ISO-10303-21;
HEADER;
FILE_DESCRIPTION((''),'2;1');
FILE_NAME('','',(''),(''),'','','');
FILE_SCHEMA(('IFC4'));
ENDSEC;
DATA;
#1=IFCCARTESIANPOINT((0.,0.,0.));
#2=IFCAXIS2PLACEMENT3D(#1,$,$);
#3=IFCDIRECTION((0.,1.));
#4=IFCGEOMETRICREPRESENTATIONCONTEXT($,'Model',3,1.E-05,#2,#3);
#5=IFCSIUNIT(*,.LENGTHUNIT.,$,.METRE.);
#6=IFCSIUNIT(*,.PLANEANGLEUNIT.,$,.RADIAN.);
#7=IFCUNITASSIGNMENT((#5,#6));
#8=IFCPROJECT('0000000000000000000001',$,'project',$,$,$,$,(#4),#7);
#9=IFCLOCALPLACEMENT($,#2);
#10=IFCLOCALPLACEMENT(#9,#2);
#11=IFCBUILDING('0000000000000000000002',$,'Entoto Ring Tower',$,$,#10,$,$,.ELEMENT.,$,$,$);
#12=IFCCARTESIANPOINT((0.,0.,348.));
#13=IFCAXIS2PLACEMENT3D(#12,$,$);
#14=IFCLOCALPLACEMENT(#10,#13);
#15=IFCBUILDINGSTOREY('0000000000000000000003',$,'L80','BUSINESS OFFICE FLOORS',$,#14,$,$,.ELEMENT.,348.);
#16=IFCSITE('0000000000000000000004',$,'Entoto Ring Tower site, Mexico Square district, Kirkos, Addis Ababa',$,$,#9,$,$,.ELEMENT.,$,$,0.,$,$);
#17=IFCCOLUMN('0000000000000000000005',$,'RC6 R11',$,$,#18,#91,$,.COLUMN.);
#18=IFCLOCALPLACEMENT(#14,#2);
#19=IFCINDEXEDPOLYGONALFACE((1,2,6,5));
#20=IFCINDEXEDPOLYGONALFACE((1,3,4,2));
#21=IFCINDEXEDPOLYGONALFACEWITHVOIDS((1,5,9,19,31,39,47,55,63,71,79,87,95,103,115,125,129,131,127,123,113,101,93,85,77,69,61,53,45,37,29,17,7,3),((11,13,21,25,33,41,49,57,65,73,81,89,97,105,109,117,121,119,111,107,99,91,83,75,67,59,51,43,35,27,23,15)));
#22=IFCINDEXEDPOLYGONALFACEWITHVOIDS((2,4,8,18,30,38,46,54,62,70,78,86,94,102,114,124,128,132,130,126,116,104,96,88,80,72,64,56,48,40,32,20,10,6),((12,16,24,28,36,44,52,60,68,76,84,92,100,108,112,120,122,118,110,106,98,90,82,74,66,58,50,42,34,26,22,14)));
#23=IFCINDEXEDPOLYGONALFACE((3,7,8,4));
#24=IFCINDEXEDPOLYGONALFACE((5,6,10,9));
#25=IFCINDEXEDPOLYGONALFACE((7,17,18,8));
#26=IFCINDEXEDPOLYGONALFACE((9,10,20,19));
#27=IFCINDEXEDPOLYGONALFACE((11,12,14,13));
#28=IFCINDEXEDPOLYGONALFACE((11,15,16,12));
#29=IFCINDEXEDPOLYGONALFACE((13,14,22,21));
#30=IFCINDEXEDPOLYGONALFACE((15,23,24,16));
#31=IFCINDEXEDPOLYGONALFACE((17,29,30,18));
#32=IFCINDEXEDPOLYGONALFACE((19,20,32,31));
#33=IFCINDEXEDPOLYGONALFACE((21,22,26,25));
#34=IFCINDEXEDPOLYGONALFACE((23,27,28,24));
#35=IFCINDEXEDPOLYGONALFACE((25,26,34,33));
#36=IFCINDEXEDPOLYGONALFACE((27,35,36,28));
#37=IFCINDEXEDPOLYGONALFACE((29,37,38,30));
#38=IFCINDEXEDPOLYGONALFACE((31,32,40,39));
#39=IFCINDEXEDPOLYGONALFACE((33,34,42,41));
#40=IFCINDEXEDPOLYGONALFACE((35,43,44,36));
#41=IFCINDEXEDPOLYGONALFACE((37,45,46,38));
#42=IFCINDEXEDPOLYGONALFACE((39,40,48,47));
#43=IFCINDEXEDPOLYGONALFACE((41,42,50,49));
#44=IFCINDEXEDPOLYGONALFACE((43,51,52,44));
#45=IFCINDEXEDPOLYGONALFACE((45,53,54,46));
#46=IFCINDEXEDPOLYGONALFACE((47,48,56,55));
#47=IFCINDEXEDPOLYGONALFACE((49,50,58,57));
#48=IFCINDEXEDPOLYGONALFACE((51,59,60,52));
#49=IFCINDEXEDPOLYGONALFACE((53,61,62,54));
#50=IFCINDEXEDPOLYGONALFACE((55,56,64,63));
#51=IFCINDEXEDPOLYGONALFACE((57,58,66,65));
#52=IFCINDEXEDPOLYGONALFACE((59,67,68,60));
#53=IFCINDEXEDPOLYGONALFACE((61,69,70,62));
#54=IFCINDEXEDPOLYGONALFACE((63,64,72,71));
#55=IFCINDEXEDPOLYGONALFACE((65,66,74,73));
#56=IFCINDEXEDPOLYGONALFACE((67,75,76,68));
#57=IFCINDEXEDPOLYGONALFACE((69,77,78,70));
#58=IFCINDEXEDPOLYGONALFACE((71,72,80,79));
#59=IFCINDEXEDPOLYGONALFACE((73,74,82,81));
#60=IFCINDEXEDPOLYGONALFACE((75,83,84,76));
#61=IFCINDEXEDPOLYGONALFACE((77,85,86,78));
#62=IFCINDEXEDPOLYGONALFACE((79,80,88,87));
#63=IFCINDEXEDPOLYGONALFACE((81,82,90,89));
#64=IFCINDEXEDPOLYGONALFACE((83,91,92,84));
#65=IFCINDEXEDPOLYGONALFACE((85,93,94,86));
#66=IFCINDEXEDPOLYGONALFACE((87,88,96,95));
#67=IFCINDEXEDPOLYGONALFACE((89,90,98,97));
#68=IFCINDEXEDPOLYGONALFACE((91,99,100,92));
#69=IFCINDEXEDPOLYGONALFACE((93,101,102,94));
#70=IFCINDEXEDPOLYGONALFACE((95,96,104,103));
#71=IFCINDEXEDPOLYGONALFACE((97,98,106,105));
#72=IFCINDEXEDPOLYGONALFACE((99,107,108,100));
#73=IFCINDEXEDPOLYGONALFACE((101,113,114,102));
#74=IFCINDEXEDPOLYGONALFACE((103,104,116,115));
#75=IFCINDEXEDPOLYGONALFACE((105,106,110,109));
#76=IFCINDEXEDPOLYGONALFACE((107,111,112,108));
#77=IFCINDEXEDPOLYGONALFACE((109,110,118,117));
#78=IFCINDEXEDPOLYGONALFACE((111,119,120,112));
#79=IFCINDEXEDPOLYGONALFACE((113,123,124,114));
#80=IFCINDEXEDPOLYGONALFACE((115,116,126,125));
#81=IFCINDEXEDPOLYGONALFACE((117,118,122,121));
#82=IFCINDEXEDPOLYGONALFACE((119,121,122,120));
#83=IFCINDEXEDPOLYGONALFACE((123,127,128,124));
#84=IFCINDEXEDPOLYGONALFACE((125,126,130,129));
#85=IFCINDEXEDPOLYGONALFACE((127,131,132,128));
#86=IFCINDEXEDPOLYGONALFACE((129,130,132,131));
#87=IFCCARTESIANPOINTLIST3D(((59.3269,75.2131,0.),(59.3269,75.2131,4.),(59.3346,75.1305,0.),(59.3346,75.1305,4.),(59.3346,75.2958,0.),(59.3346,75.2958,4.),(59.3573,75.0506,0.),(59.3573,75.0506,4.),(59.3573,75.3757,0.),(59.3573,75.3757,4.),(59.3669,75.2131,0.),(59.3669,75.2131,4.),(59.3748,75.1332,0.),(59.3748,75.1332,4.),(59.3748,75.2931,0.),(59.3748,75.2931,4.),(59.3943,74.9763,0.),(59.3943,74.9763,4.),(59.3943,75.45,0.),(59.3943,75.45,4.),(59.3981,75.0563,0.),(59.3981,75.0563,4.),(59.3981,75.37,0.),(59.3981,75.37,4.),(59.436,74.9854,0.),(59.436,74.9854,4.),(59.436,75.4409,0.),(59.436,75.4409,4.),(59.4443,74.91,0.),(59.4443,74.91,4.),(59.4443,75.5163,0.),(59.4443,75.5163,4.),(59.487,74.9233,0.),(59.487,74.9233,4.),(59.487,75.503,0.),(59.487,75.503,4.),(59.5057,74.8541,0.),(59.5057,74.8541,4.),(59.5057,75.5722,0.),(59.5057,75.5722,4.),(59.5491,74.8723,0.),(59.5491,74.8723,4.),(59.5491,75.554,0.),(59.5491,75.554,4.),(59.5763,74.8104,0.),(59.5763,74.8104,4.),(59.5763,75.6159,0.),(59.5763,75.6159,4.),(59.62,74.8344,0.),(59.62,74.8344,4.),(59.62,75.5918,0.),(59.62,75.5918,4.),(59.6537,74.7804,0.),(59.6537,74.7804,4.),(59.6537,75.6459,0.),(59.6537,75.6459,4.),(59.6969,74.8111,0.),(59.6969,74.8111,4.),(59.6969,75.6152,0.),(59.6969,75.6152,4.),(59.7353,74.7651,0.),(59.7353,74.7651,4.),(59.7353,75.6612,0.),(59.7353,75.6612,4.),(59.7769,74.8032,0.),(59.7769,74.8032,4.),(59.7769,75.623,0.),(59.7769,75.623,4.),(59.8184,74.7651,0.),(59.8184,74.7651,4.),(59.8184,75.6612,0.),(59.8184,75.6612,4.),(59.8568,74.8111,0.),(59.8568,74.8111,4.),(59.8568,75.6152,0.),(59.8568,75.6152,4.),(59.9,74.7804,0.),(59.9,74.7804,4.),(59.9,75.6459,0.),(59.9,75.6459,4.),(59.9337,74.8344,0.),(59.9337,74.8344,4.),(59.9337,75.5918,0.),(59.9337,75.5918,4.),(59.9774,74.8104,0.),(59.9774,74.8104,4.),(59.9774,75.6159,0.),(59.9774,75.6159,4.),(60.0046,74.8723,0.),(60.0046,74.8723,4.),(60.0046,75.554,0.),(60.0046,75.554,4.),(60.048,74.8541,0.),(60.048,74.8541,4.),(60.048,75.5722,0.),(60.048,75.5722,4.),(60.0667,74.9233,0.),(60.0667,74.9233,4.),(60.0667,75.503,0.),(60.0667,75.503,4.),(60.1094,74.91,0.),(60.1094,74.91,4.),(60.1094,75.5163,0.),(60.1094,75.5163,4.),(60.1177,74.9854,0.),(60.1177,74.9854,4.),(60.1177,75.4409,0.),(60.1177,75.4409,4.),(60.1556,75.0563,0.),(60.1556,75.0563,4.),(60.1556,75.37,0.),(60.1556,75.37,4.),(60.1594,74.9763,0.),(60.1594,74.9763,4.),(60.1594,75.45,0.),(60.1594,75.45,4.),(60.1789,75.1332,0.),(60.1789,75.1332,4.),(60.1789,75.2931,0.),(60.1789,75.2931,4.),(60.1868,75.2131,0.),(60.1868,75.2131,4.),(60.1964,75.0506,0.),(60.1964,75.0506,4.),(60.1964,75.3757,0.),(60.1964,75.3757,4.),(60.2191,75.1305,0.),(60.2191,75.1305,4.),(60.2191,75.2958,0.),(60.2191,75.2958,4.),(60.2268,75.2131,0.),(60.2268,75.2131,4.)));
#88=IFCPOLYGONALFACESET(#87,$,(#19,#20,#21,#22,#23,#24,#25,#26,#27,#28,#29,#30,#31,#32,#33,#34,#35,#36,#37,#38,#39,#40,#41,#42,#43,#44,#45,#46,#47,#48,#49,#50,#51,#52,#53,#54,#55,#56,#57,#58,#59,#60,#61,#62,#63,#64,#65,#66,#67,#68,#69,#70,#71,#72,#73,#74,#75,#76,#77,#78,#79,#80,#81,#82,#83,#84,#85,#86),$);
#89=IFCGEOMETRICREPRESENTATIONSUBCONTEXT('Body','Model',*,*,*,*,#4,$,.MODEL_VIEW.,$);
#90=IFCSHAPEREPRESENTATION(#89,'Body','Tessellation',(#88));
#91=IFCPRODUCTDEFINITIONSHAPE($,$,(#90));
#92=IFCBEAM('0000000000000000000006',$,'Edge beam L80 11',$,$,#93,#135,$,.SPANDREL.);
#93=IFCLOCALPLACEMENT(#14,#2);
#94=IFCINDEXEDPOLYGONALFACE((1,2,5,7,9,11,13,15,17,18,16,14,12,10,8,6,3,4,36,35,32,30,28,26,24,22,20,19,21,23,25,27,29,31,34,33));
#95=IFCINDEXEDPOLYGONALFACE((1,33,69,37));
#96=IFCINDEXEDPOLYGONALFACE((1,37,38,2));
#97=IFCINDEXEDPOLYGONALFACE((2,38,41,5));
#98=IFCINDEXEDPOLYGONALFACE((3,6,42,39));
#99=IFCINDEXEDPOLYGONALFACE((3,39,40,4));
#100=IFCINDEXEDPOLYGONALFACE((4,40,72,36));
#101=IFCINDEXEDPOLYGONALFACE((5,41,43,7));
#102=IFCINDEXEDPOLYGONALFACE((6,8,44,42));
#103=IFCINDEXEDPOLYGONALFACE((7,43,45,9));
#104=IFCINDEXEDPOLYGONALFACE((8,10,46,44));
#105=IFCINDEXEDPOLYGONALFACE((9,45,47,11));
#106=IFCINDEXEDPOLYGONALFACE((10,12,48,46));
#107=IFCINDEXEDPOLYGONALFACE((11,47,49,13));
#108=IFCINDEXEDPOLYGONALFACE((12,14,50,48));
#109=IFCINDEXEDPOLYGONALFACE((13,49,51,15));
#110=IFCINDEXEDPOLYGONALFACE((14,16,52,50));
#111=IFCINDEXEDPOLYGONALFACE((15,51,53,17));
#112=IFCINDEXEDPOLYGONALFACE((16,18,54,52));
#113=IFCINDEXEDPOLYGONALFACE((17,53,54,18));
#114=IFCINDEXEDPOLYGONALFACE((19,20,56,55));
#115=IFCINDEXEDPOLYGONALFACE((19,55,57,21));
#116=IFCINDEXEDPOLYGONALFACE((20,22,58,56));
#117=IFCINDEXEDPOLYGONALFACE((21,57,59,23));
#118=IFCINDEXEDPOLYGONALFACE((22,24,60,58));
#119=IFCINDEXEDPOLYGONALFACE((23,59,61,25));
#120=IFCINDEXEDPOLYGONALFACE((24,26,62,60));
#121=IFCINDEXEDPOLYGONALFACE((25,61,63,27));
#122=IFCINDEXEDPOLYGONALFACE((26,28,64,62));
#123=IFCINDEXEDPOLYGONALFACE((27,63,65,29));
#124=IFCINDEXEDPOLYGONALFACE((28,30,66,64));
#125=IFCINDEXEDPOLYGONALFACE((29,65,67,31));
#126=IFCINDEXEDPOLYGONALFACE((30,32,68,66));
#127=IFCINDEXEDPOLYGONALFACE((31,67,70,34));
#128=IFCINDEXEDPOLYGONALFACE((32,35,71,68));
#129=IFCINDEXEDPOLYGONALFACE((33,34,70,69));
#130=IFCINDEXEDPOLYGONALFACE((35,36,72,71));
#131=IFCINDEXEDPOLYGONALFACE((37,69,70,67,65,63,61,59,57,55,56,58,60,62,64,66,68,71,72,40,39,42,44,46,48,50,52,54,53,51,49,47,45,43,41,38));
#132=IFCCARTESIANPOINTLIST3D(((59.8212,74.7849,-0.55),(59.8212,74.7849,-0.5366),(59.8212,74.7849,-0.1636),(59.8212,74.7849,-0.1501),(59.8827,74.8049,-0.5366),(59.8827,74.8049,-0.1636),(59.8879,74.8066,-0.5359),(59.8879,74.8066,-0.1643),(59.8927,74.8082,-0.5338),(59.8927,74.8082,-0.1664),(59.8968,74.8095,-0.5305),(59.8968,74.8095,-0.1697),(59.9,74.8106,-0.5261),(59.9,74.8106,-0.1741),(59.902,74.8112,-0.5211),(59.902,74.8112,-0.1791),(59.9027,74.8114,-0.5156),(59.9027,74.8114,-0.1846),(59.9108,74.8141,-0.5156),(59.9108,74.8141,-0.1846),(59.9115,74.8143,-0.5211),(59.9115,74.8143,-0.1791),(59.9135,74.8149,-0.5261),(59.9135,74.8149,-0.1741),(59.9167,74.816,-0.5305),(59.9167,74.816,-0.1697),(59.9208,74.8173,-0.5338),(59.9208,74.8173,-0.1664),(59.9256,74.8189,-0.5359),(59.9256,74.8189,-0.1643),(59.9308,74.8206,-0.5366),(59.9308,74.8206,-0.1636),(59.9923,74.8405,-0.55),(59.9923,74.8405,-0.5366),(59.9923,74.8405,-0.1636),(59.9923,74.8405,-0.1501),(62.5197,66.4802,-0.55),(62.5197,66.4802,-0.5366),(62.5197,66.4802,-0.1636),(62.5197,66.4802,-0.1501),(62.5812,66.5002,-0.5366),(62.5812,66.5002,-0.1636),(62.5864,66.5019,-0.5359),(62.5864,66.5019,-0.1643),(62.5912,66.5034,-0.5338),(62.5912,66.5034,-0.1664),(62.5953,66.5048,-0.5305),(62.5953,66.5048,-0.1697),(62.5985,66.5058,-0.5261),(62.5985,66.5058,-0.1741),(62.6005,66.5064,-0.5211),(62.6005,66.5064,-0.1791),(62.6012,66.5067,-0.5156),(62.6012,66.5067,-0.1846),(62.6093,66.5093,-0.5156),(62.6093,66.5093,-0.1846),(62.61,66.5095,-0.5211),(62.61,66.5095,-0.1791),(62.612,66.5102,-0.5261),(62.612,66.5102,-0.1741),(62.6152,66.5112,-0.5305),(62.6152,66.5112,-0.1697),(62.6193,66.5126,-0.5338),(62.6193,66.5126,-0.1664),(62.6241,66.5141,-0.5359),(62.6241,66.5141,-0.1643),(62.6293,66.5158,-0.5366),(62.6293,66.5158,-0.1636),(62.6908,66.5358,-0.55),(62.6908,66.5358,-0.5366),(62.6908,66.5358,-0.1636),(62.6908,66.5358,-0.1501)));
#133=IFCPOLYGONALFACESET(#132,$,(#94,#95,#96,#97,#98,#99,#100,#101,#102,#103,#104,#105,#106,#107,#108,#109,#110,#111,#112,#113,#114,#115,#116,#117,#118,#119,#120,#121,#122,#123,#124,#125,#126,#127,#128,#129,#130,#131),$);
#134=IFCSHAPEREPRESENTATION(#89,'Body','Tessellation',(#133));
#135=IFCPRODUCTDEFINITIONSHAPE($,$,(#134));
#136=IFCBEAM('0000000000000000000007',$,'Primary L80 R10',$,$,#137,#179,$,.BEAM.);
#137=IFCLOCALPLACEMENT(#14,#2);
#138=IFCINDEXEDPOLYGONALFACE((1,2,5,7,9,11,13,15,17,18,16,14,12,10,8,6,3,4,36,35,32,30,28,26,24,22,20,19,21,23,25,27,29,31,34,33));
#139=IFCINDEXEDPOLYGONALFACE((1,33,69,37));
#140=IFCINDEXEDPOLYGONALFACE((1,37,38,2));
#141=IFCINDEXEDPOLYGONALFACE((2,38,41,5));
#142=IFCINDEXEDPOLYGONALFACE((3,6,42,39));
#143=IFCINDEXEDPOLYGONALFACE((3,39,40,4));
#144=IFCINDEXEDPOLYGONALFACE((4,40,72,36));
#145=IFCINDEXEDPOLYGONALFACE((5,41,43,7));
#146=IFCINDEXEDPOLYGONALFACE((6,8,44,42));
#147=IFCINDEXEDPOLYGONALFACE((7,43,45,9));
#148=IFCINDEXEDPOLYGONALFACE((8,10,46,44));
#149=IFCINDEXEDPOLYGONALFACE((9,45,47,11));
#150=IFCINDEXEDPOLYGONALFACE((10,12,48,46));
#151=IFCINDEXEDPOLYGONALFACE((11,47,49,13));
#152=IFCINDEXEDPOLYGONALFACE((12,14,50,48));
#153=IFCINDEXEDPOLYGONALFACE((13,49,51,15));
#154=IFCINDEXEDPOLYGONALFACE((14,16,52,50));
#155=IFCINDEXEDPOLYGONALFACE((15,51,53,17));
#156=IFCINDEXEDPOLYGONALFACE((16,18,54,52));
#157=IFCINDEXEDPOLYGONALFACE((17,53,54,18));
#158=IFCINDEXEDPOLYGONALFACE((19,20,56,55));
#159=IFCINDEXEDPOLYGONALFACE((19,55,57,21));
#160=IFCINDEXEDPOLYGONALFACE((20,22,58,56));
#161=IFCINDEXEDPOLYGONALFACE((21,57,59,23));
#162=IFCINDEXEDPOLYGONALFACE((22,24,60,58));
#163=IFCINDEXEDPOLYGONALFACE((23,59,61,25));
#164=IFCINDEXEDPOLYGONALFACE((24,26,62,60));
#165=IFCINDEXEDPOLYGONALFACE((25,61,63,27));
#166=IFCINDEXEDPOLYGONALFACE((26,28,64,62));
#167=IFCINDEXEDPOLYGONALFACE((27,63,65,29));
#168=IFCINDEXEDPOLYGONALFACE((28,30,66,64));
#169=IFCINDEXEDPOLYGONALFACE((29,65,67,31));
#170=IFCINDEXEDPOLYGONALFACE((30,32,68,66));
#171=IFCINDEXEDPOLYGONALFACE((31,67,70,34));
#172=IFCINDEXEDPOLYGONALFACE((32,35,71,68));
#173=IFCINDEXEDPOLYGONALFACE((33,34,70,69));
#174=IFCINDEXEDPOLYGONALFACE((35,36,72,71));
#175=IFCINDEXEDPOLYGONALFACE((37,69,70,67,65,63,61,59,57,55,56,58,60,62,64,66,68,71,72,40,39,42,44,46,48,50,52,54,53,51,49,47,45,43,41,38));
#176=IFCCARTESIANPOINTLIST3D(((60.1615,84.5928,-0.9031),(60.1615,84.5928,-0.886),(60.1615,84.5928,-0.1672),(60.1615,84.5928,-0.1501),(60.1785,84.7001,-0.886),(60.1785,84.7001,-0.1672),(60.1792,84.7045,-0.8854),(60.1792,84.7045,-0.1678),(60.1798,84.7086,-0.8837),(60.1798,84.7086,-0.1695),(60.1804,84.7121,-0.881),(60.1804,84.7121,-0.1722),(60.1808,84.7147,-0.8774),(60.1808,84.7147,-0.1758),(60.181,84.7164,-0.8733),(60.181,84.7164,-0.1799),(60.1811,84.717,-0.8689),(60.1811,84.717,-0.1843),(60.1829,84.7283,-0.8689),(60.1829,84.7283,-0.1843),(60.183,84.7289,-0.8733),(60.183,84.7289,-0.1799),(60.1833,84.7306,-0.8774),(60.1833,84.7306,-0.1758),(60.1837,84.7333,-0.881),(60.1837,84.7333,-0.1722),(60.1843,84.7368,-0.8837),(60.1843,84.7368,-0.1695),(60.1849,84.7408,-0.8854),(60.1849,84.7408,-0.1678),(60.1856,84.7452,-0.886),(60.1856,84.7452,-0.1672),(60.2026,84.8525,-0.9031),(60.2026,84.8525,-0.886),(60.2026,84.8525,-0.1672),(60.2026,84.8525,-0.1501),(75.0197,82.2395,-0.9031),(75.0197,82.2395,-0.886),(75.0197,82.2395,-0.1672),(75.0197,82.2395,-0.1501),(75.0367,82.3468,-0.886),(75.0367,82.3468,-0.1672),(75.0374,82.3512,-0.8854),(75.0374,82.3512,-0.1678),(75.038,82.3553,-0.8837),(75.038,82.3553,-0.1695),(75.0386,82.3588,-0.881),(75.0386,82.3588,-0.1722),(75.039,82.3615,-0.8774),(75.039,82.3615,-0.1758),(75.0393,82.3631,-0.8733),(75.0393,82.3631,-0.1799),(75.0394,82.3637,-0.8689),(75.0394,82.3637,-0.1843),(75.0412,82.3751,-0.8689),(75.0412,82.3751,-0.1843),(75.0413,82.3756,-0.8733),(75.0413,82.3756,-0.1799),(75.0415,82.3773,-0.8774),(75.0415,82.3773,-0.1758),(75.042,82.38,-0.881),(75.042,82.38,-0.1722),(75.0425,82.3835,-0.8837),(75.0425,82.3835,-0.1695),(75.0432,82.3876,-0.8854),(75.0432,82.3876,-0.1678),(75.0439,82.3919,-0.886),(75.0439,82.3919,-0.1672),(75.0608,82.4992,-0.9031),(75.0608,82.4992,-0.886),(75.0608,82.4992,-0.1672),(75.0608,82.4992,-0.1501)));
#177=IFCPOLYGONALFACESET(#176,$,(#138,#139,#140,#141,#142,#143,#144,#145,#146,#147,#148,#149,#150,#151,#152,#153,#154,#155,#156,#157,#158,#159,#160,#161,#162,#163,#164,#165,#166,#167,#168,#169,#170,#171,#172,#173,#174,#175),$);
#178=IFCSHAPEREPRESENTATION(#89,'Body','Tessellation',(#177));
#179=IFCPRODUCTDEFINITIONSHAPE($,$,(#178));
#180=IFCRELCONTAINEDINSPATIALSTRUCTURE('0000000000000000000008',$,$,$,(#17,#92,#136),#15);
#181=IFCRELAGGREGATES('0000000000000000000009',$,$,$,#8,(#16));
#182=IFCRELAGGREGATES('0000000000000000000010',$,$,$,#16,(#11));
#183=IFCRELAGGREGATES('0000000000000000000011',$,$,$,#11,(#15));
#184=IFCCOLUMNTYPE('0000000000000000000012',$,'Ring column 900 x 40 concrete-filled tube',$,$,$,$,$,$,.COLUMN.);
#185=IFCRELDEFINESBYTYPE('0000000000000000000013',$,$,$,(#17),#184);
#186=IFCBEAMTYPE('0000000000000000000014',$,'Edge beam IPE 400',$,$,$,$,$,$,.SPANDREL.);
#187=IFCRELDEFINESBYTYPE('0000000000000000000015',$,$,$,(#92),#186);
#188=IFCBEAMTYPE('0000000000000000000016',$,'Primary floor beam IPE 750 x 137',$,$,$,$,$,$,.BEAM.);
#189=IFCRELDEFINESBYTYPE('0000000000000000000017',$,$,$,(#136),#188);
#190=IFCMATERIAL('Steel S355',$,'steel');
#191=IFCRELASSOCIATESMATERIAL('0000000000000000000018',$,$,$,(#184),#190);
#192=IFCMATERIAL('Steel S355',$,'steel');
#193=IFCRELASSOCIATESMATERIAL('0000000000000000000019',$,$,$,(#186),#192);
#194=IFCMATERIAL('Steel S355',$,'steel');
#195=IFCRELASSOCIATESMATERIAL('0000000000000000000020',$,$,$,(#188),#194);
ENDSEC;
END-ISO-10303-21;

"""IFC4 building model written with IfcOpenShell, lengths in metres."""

from ifc_helpers import new_model, si_unit, direction, frame, origin, origin_2d, place, context, subcontext, project, spatial, circle, hollow_circle, i_section, extrude, material, material_profile, profile_set, type_object, element, save


model = new_model("IFC4")

# Units and contexts
model_context = context("Model", 3, precision=1e-05, world=origin(), true_north=direction((0.0, 1.0)))
body_context = subcontext(model_context, "Body", "Model", "MODEL_VIEW")
ifc_project = project(units=[si_unit("LENGTHUNIT", "METRE"), si_unit("PLANEANGLEUNIT", "RADIAN")], contexts=[model_context])

# Site, building, storey
site_placement = place(None, origin())
site = spatial("IfcSite", under=ifc_project, at=site_placement, Name="Entoto Ring Tower site, Mexico Square district, Kirkos, Addis Ababa", CompositionType="ELEMENT", RefElevation=0.0)
building_placement = place(site_placement, origin())
building = spatial("IfcBuilding", under=site, at=building_placement, Name="Entoto Ring Tower", CompositionType="ELEMENT")
storey_placement = place(building_placement, frame((0.0, 0.0, 348.0)))
storey = spatial("IfcBuildingStorey", under=building, at=storey_placement, Name="L80", Description="BUSINESS OFFICE FLOORS", CompositionType="ELEMENT", Elevation=348.0)

# Column
ifc_material_1 = material(Name="Steel S355", Category="steel")
ifc_material_profile_1 = material_profile(ifc_material_1, hollow_circle(Radius=0.45, WallThickness=0.04, at=origin_2d()), Name="CHS 900 x 40")
ifc_material_2 = material(Name="Concrete C60/75", Category="concrete")
ifc_material_profile_2 = material_profile(ifc_material_2, circle(Radius=0.4099, at=origin_2d()), Name="Concrete C60/75 infill")
ifc_profile_set_1 = profile_set([ifc_material_profile_1, ifc_material_profile_2], Name="Steel S355")
column_type = type_object("IfcColumnType", Name="Ring column 900 x 40 concrete-filled tube", PredefinedType="COLUMN", material=ifc_profile_set_1)
column_placement = place(storey_placement, frame((59.7769, 75.2131, 0.0), z_axis=(0.0, 0.0, 1.0), x_axis=(1.0, 0.0, 0.0)))
element("IfcColumn", 1, at=column_placement, inside=storey, type_object=column_type, Name="RC6 R11", PredefinedType="COLUMN", context=body_context, shape_type="SweptSolid", body=[
    extrude(hollow_circle(Radius=0.45, WallThickness=0.04, at=origin_2d()), origin(), (0.0, 0.0, 1.0), 4.0),
])

# Beams
ifc_material_3 = material(Name="Steel S355", Category="steel")
ifc_material_profile_3 = material_profile(ifc_material_3, i_section(OverallWidth=0.1799, OverallDepth=0.3999, WebThickness=0.0085, FlangeThickness=0.0134, FilletRadius=0.021, at=origin_2d()), Name="IPE 400")
ifc_profile_set_2 = profile_set([ifc_material_profile_3], Name="Steel S355")
beam_type_1 = type_object("IfcBeamType", Name="Edge beam IPE 400", PredefinedType="SPANDREL", material=ifc_profile_set_2)
beam_1_placement = place(storey_placement, frame((59.9067, 74.8127, -0.3501), z_axis=(0.30903, -0.951052, 0.0), x_axis=(0.951052, 0.30903, 0.0)))
element("IfcBeam", 2, at=beam_1_placement, inside=storey, type_object=beam_type_1, Name="Edge beam L80 11", PredefinedType="SPANDREL", context=body_context, shape_type="SweptSolid", body=[
    extrude(i_section(OverallWidth=0.1799, OverallDepth=0.3999, WebThickness=0.0085, FlangeThickness=0.0134, FilletRadius=0.021, at=origin_2d()), origin(), (0.0, 0.0, 1.0), 8.7322),
])
ifc_material_4 = material(Name="Steel S355", Category="steel")
ifc_material_profile_4 = material_profile(ifc_material_4, i_section(OverallWidth=0.2629, OverallDepth=0.7529, WebThickness=0.0115, FlangeThickness=0.0171, FilletRadius=0.0171, at=origin_2d()), Name="IPE 750 x 137")
ifc_profile_set_3 = profile_set([ifc_material_profile_4], Name="Steel S355")
beam_type_2 = type_object("IfcBeamType", Name="Primary floor beam IPE 750 x 137", PredefinedType="BEAM", material=ifc_profile_set_3)
for number, where, z_axis, x_axis, name in (
    (3, (75.0403, 82.3694, -0.5266), (-0.987689, 0.156433, 0.0), (-0.156433, -0.987689, 0.0), "Primary L80 R10"),
):
    element("IfcBeam", number, at=place(storey_placement, frame(where, z_axis=z_axis, x_axis=x_axis)), inside=storey, type_object=beam_type_2, Name=name, PredefinedType="BEAM", context=body_context, shape_type="SweptSolid", body=[
        extrude(i_section(OverallWidth=0.2629, OverallDepth=0.7529, WebThickness=0.0115, FlangeThickness=0.0171, FilletRadius=0.0171, at=origin_2d()), origin(), (0.0, 0.0, 1.0), 15.0435),
    ])

save(model, "model.ifc")
